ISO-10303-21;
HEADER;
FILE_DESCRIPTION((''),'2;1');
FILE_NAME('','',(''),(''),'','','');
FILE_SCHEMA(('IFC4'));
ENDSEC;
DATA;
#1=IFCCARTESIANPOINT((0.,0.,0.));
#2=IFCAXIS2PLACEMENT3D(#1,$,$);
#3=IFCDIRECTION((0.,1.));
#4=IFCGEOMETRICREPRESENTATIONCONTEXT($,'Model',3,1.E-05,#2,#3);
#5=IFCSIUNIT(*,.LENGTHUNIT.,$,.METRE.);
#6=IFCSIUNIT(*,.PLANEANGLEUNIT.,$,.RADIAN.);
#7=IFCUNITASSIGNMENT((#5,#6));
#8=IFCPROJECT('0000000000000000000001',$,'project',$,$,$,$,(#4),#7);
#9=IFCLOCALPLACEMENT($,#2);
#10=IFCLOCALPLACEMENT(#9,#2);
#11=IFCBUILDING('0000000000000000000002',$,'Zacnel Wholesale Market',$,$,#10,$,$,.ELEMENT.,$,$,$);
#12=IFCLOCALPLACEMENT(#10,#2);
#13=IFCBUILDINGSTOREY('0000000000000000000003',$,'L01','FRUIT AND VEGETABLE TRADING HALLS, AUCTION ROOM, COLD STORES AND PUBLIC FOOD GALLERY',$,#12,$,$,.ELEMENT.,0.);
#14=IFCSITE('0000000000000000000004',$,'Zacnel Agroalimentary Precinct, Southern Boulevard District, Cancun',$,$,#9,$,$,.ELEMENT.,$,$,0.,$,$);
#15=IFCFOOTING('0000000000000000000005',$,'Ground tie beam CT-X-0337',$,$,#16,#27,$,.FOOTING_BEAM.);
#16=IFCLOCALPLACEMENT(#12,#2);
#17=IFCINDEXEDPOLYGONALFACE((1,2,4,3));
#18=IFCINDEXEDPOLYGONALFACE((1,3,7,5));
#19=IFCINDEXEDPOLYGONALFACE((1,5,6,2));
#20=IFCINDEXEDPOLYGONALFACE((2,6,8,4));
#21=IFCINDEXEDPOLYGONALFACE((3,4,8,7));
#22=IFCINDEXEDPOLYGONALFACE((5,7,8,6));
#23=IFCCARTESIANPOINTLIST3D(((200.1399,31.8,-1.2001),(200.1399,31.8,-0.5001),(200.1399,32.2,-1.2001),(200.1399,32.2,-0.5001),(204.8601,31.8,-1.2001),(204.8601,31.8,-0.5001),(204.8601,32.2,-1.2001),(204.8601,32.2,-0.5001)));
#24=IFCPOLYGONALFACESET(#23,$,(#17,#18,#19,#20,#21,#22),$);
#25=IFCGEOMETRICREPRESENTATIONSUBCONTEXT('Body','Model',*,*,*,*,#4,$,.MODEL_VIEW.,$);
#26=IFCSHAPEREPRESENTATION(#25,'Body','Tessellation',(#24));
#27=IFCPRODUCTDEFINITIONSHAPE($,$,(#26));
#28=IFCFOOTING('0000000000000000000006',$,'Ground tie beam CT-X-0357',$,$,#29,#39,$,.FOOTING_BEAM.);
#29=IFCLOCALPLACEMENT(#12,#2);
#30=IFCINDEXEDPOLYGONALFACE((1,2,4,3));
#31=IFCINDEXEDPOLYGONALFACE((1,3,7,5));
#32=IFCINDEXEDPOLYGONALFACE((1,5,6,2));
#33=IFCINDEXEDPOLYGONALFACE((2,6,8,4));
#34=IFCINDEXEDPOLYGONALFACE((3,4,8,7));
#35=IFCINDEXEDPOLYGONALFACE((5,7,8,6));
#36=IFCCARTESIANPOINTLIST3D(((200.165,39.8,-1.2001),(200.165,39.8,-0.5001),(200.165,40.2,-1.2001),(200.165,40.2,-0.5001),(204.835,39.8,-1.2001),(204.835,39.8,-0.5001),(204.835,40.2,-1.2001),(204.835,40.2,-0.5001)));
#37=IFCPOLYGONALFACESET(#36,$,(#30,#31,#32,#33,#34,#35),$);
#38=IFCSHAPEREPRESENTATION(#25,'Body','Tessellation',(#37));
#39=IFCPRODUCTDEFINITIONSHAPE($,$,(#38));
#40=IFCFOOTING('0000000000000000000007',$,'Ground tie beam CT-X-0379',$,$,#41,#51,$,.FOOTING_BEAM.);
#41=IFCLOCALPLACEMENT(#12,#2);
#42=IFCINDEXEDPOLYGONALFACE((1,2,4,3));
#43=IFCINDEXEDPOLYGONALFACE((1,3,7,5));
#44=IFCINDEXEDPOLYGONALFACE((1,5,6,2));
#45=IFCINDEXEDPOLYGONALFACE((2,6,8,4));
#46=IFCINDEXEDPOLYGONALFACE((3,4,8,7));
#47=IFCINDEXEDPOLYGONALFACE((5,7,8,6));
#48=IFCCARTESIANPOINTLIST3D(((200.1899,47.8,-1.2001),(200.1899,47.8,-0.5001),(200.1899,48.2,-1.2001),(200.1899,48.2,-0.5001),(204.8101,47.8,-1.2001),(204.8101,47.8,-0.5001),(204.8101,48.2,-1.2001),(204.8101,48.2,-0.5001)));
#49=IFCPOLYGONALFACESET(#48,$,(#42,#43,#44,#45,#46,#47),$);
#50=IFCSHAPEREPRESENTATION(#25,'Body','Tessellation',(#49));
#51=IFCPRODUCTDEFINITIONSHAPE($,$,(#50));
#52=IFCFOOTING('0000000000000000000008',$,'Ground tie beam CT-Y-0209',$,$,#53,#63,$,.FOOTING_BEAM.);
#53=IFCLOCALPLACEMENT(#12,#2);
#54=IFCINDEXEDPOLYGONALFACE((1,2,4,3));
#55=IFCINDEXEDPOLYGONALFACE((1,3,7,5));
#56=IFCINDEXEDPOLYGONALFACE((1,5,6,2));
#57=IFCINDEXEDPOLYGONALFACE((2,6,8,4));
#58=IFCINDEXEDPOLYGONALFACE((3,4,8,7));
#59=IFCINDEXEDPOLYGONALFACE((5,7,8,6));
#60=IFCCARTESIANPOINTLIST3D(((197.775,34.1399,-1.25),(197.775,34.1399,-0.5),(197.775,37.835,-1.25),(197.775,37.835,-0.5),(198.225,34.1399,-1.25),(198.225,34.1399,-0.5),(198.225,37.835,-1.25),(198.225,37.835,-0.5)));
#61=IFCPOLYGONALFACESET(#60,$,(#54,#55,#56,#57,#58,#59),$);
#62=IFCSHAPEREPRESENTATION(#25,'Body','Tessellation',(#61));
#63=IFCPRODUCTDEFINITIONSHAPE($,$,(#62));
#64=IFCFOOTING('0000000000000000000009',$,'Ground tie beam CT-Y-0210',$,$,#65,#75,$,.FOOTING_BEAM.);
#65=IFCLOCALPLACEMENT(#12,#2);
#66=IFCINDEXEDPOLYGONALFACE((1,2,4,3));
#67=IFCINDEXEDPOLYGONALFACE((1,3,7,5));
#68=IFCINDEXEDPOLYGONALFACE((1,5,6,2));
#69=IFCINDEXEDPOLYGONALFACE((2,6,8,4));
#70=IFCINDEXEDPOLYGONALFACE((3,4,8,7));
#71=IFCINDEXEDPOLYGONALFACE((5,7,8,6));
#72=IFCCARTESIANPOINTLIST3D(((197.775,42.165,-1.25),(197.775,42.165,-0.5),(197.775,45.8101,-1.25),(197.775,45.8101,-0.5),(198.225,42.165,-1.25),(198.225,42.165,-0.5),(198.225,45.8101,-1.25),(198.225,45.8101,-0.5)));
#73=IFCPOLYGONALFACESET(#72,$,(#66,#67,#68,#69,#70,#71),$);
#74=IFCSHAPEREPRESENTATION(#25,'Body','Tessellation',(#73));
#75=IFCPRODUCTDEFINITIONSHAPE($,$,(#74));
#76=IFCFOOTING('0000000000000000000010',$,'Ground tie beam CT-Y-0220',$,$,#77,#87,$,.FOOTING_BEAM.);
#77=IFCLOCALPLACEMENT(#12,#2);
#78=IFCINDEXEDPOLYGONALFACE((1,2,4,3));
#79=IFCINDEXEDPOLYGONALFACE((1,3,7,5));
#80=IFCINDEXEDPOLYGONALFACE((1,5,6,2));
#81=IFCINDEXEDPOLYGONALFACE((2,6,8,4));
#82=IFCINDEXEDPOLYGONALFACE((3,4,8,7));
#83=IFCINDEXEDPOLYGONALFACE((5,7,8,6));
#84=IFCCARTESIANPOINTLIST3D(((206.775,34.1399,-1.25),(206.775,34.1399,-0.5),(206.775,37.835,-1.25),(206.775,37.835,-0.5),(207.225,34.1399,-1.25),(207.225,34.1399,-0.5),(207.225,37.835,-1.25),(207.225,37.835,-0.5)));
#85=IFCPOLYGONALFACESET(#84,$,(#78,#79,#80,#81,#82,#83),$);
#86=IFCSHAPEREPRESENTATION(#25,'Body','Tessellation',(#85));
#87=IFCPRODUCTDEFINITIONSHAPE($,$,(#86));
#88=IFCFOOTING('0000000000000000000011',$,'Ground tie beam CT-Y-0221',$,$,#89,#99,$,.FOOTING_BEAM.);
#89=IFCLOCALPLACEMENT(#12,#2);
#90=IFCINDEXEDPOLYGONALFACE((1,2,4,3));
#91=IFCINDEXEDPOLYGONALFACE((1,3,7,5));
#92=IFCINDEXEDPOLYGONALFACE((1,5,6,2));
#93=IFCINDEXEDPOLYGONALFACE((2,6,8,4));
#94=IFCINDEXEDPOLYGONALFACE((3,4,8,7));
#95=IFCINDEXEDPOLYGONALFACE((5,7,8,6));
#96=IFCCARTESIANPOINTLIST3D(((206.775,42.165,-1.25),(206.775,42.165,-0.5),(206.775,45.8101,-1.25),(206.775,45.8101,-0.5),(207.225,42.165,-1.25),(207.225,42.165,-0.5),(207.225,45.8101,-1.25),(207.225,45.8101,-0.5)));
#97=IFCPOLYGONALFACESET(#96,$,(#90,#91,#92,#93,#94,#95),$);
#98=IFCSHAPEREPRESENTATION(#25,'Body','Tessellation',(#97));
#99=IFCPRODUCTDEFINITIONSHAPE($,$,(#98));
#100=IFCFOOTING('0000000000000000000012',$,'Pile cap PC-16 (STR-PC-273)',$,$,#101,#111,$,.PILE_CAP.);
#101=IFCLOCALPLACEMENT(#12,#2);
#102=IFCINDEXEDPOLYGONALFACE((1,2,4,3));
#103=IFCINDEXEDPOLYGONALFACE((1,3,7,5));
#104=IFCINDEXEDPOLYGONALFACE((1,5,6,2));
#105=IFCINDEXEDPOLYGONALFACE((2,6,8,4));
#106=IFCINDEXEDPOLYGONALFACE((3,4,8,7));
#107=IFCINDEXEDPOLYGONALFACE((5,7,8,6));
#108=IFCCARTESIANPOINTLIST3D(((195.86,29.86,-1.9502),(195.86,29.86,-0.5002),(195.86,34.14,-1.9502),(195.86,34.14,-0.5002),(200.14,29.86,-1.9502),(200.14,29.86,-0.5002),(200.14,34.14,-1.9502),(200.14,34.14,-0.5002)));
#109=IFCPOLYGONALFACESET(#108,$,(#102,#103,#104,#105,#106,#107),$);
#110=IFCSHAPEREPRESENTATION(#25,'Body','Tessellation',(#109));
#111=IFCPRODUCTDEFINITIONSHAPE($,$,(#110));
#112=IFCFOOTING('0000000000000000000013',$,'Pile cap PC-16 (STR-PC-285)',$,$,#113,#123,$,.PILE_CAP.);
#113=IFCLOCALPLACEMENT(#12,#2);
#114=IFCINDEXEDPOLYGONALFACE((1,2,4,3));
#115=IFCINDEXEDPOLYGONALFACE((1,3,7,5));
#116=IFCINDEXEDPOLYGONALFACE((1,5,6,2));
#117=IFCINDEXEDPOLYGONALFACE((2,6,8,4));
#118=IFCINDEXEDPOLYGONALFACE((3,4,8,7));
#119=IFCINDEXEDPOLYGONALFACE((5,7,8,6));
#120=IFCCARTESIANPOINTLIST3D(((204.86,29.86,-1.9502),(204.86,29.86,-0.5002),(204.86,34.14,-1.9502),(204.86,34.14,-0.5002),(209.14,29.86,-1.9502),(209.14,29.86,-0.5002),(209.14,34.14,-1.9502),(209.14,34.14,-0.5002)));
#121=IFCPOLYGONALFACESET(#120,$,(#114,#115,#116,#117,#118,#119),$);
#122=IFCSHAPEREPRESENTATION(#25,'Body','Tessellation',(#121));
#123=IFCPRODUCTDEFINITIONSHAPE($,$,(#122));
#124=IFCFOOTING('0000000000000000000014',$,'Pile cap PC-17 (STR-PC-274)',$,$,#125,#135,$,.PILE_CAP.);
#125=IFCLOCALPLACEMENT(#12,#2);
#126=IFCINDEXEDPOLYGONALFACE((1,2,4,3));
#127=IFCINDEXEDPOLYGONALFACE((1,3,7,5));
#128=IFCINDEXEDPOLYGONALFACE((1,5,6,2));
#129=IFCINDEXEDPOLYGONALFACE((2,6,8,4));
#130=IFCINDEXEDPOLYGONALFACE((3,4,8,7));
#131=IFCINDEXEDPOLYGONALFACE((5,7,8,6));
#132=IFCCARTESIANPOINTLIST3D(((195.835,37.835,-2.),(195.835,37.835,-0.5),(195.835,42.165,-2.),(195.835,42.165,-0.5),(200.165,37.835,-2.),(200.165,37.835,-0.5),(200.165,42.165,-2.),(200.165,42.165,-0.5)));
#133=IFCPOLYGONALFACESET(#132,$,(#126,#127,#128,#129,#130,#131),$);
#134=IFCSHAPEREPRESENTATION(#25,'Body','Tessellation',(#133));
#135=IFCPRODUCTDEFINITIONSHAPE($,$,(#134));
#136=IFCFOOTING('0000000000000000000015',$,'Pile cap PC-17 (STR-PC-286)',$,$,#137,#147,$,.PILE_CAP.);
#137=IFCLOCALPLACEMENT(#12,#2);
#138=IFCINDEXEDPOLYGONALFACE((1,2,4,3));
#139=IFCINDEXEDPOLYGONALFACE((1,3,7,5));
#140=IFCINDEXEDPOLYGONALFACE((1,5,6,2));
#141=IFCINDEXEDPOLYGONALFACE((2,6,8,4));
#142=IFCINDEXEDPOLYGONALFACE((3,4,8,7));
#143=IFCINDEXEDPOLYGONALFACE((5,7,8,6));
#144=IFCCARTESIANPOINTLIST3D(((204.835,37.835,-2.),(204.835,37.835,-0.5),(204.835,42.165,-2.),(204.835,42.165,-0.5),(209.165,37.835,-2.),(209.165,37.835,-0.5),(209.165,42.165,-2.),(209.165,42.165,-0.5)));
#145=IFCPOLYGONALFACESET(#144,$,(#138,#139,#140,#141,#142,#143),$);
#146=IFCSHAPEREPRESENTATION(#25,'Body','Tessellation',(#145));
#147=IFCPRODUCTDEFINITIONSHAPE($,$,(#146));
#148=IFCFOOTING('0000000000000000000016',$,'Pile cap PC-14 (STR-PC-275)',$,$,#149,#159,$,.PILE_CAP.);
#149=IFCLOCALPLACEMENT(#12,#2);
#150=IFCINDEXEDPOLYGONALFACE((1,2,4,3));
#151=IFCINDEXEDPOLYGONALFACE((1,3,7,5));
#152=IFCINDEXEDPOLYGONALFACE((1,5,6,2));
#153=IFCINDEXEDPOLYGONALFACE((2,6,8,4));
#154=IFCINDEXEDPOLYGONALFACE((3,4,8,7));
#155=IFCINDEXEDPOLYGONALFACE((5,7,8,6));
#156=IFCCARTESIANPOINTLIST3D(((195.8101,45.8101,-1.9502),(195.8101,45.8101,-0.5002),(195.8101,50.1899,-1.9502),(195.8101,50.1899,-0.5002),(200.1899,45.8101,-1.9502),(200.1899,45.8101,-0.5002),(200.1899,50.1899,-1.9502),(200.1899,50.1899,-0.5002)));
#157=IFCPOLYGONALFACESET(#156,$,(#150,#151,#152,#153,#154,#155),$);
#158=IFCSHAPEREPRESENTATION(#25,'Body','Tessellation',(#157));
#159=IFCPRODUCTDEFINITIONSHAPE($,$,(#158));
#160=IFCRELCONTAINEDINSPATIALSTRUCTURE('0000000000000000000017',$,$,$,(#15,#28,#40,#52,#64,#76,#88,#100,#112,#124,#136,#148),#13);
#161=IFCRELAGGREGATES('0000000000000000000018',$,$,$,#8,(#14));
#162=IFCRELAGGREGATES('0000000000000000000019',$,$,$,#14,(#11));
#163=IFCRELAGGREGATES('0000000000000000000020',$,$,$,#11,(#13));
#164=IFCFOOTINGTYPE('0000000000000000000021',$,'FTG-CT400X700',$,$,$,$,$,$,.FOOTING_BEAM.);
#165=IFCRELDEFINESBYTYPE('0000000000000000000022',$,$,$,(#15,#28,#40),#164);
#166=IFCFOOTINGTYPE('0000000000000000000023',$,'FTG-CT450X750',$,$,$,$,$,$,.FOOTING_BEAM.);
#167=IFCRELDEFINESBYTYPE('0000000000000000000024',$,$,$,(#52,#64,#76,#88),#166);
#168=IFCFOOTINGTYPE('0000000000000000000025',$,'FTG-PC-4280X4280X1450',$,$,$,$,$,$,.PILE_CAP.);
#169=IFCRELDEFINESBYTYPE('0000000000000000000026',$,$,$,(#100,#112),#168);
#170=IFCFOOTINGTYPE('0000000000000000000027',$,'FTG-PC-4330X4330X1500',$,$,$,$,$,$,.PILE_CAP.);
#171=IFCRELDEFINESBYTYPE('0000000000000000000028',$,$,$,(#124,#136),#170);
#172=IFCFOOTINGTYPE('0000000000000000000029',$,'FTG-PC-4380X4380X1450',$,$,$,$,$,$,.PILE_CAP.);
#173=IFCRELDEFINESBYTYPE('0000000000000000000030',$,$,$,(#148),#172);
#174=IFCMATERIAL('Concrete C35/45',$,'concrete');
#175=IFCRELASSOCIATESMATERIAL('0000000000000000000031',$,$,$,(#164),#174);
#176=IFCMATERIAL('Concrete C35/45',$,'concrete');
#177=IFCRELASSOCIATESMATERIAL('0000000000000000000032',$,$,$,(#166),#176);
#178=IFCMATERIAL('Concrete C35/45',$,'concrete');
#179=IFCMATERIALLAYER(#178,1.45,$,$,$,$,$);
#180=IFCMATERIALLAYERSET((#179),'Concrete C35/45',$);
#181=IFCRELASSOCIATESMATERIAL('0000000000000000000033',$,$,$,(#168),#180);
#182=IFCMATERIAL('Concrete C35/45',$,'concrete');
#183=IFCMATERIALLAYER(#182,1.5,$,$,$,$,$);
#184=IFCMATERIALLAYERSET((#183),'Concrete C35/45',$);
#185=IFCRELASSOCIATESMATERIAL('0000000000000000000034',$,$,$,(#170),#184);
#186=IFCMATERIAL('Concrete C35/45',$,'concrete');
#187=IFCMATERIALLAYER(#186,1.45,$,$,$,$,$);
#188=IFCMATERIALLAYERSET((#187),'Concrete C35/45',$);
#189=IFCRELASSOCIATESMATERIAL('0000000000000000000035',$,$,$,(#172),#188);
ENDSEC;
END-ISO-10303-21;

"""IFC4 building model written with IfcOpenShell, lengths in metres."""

from ifc_helpers import new_model, si_unit, direction, frame, origin, origin_2d, place, context, subcontext, project, spatial, rectangle, extrude, material, layer, layer_set, material_profile, profile_set, type_object, element, save


model = new_model("IFC4")

# Units and contexts
model_context = context("Model", 3, precision=1e-05, world=origin(), true_north=direction((0.0, 1.0)))
body_context = subcontext(model_context, "Body", "Model", "MODEL_VIEW")
ifc_project = project(units=[si_unit("LENGTHUNIT", "METRE"), si_unit("PLANEANGLEUNIT", "RADIAN")], contexts=[model_context])

# Site, building, storey
site_placement = place(None, origin())
site = spatial("IfcSite", under=ifc_project, at=site_placement, Name="Zacnel Agroalimentary Precinct, Southern Boulevard District, Cancun", CompositionType="ELEMENT", RefElevation=0.0)
building_placement = place(site_placement, origin())
building = spatial("IfcBuilding", under=site, at=building_placement, Name="Zacnel Wholesale Market", CompositionType="ELEMENT")
storey_placement = place(building_placement, origin())
storey = spatial("IfcBuildingStorey", under=building, at=storey_placement, Name="L01", Description="FRUIT AND VEGETABLE TRADING HALLS, AUCTION ROOM, COLD STORES AND PUBLIC FOOD GALLERY", CompositionType="ELEMENT", Elevation=0.0)

# Footings
ifc_material_1 = material(Name="Concrete C35/45", Category="concrete")
ifc_material_profile_1 = material_profile(ifc_material_1, rectangle(XDim=0.3999, YDim=0.7, at=origin_2d()), Name="CT 400x700")
ifc_profile_set_1 = profile_set([ifc_material_profile_1], Name="Concrete C35/45")
footing_type_1 = type_object("IfcFootingType", Name="FTG-CT400X700", PredefinedType="FOOTING_BEAM", material=ifc_profile_set_1)
footing_1_placement = place(storey_placement, frame((200.1399, 32.0, -0.8501), z_axis=(1.0, 0.0, 0.0), x_axis=(0.0, 1.0, 0.0)))
element("IfcFooting", 1, at=footing_1_placement, inside=storey, type_object=footing_type_1, Name="Ground tie beam CT-X-0337", PredefinedType="FOOTING_BEAM", context=body_context, shape_type="SweptSolid", body=[
    extrude(rectangle(XDim=0.3999, YDim=0.7, at=origin_2d()), origin(), (0.0, 0.0, 1.0), 4.7202),
])
footing_2_placement = place(storey_placement, frame((200.165, 40.0, -0.8501), z_axis=(1.0, 0.0, 0.0), x_axis=(0.0, 1.0, 0.0)))
element("IfcFooting", 2, at=footing_2_placement, inside=storey, type_object=footing_type_1, Name="Ground tie beam CT-X-0357", PredefinedType="FOOTING_BEAM", context=body_context, shape_type="SweptSolid", body=[
    extrude(rectangle(XDim=0.3999, YDim=0.7, at=origin_2d()), origin(), (0.0, 0.0, 1.0), 4.6699),
])
footing_3_placement = place(storey_placement, frame((200.1899, 48.0, -0.8501), z_axis=(1.0, 0.0, 0.0), x_axis=(0.0, 1.0, 0.0)))
element("IfcFooting", 3, at=footing_3_placement, inside=storey, type_object=footing_type_1, Name="Ground tie beam CT-X-0379", PredefinedType="FOOTING_BEAM", context=body_context, shape_type="SweptSolid", body=[
    extrude(rectangle(XDim=0.3999, YDim=0.7, at=origin_2d()), origin(), (0.0, 0.0, 1.0), 4.6201),
])
ifc_material_2 = material(Name="Concrete C35/45", Category="concrete")
ifc_material_profile_2 = material_profile(ifc_material_2, rectangle(XDim=0.45, YDim=0.75, at=origin_2d()), Name="CT 450x750")
ifc_profile_set_2 = profile_set([ifc_material_profile_2], Name="Concrete C35/45")
footing_type_2 = type_object("IfcFootingType", Name="FTG-CT450X750", PredefinedType="FOOTING_BEAM", material=ifc_profile_set_2)
footing_4_placement = place(storey_placement, frame((198.0, 34.1399, -0.875), z_axis=(0.0, 1.0, 0.0), x_axis=(-1.0, 0.0, 0.0)))
element("IfcFooting", 4, at=footing_4_placement, inside=storey, type_object=footing_type_2, Name="Ground tie beam CT-Y-0209", PredefinedType="FOOTING_BEAM", context=body_context, shape_type="SweptSolid", body=[
    extrude(rectangle(XDim=0.45, YDim=0.75, at=origin_2d()), origin(), (0.0, 0.0, 1.0), 3.6951),
])
footing_5_placement = place(storey_placement, frame((198.0, 42.165, -0.875), z_axis=(0.0, 1.0, 0.0), x_axis=(-1.0, 0.0, 0.0)))
element("IfcFooting", 5, at=footing_5_placement, inside=storey, type_object=footing_type_2, Name="Ground tie beam CT-Y-0210", PredefinedType="FOOTING_BEAM", context=body_context, shape_type="SweptSolid", body=[
    extrude(rectangle(XDim=0.45, YDim=0.75, at=origin_2d()), origin(), (0.0, 0.0, 1.0), 3.645),
])
footing_6_placement = place(storey_placement, frame((207.0, 34.1399, -0.875), z_axis=(0.0, 1.0, 0.0), x_axis=(-1.0, 0.0, 0.0)))
element("IfcFooting", 6, at=footing_6_placement, inside=storey, type_object=footing_type_2, Name="Ground tie beam CT-Y-0220", PredefinedType="FOOTING_BEAM", context=body_context, shape_type="SweptSolid", body=[
    extrude(rectangle(XDim=0.45, YDim=0.75, at=origin_2d()), origin(), (0.0, 0.0, 1.0), 3.6951),
])
footing_7_placement = place(storey_placement, frame((207.0, 42.165, -0.875), z_axis=(0.0, 1.0, 0.0), x_axis=(-1.0, 0.0, 0.0)))
element("IfcFooting", 7, at=footing_7_placement, inside=storey, type_object=footing_type_2, Name="Ground tie beam CT-Y-0221", PredefinedType="FOOTING_BEAM", context=body_context, shape_type="SweptSolid", body=[
    extrude(rectangle(XDim=0.45, YDim=0.75, at=origin_2d()), origin(), (0.0, 0.0, 1.0), 3.645),
])
ifc_material_3 = material(Name="Concrete C35/45", Category="concrete")
ifc_layer_1 = layer(ifc_material_3, 1.45)
ifc_layer_set_1 = layer_set([ifc_layer_1], Name="Concrete C35/45")
footing_type_3 = type_object("IfcFootingType", Name="FTG-PC-4280X4280X1450", PredefinedType="PILE_CAP", material=ifc_layer_set_1)
for number, where, z_axis, x_axis, name in (
    (8, (198.0, 32.0, -1.9502), (0.0, 0.0, 1.0), (1.0, 0.0, 0.0), "Pile cap PC-16 (STR-PC-273)"),
    (9, (207.0, 32.0, -1.9502), (0.0, 0.0, 1.0), (1.0, 0.0, 0.0), "Pile cap PC-16 (STR-PC-285)"),
):
    element("IfcFooting", number, at=place(storey_placement, frame(where, z_axis=z_axis, x_axis=x_axis)), inside=storey, type_object=footing_type_3, Name=name, PredefinedType="PILE_CAP", context=body_context, shape_type="SweptSolid", body=[
        extrude(rectangle(XDim=4.28, YDim=4.28, at=origin_2d()), origin(), (0.0, 0.0, 1.0), 1.45),
    ])
ifc_material_4 = material(Name="Concrete C35/45", Category="concrete")
ifc_layer_2 = layer(ifc_material_4, 1.5)
ifc_layer_set_2 = layer_set([ifc_layer_2], Name="Concrete C35/45")
footing_type_4 = type_object("IfcFootingType", Name="FTG-PC-4330X4330X1500", PredefinedType="PILE_CAP", material=ifc_layer_set_2)
for number, where, z_axis, x_axis, name in (
    (10, (198.0, 40.0, -2.0), (0.0, 0.0, 1.0), (1.0, 0.0, 0.0), "Pile cap PC-17 (STR-PC-274)"),
    (11, (207.0, 40.0, -2.0), (0.0, 0.0, 1.0), (1.0, 0.0, 0.0), "Pile cap PC-17 (STR-PC-286)"),
):
    element("IfcFooting", number, at=place(storey_placement, frame(where, z_axis=z_axis, x_axis=x_axis)), inside=storey, type_object=footing_type_4, Name=name, PredefinedType="PILE_CAP", context=body_context, shape_type="SweptSolid", body=[
        extrude(rectangle(XDim=4.3301, YDim=4.3301, at=origin_2d()), origin(), (0.0, 0.0, 1.0), 1.5),
    ])
ifc_material_5 = material(Name="Concrete C35/45", Category="concrete")
ifc_layer_3 = layer(ifc_material_5, 1.45)
ifc_layer_set_3 = layer_set([ifc_layer_3], Name="Concrete C35/45")
footing_type_5 = type_object("IfcFootingType", Name="FTG-PC-4380X4380X1450", PredefinedType="PILE_CAP", material=ifc_layer_set_3)
footing_8_placement = place(storey_placement, frame((198.0, 48.0, -1.9502), z_axis=(0.0, 0.0, 1.0), x_axis=(1.0, 0.0, 0.0)))
element("IfcFooting", 12, at=footing_8_placement, inside=storey, type_object=footing_type_5, Name="Pile cap PC-14 (STR-PC-275)", PredefinedType="PILE_CAP", context=body_context, shape_type="SweptSolid", body=[
    extrude(rectangle(XDim=4.3799, YDim=4.3799, at=origin_2d()), origin(), (0.0, 0.0, 1.0), 1.45),
])

save(model, "model.ifc")
